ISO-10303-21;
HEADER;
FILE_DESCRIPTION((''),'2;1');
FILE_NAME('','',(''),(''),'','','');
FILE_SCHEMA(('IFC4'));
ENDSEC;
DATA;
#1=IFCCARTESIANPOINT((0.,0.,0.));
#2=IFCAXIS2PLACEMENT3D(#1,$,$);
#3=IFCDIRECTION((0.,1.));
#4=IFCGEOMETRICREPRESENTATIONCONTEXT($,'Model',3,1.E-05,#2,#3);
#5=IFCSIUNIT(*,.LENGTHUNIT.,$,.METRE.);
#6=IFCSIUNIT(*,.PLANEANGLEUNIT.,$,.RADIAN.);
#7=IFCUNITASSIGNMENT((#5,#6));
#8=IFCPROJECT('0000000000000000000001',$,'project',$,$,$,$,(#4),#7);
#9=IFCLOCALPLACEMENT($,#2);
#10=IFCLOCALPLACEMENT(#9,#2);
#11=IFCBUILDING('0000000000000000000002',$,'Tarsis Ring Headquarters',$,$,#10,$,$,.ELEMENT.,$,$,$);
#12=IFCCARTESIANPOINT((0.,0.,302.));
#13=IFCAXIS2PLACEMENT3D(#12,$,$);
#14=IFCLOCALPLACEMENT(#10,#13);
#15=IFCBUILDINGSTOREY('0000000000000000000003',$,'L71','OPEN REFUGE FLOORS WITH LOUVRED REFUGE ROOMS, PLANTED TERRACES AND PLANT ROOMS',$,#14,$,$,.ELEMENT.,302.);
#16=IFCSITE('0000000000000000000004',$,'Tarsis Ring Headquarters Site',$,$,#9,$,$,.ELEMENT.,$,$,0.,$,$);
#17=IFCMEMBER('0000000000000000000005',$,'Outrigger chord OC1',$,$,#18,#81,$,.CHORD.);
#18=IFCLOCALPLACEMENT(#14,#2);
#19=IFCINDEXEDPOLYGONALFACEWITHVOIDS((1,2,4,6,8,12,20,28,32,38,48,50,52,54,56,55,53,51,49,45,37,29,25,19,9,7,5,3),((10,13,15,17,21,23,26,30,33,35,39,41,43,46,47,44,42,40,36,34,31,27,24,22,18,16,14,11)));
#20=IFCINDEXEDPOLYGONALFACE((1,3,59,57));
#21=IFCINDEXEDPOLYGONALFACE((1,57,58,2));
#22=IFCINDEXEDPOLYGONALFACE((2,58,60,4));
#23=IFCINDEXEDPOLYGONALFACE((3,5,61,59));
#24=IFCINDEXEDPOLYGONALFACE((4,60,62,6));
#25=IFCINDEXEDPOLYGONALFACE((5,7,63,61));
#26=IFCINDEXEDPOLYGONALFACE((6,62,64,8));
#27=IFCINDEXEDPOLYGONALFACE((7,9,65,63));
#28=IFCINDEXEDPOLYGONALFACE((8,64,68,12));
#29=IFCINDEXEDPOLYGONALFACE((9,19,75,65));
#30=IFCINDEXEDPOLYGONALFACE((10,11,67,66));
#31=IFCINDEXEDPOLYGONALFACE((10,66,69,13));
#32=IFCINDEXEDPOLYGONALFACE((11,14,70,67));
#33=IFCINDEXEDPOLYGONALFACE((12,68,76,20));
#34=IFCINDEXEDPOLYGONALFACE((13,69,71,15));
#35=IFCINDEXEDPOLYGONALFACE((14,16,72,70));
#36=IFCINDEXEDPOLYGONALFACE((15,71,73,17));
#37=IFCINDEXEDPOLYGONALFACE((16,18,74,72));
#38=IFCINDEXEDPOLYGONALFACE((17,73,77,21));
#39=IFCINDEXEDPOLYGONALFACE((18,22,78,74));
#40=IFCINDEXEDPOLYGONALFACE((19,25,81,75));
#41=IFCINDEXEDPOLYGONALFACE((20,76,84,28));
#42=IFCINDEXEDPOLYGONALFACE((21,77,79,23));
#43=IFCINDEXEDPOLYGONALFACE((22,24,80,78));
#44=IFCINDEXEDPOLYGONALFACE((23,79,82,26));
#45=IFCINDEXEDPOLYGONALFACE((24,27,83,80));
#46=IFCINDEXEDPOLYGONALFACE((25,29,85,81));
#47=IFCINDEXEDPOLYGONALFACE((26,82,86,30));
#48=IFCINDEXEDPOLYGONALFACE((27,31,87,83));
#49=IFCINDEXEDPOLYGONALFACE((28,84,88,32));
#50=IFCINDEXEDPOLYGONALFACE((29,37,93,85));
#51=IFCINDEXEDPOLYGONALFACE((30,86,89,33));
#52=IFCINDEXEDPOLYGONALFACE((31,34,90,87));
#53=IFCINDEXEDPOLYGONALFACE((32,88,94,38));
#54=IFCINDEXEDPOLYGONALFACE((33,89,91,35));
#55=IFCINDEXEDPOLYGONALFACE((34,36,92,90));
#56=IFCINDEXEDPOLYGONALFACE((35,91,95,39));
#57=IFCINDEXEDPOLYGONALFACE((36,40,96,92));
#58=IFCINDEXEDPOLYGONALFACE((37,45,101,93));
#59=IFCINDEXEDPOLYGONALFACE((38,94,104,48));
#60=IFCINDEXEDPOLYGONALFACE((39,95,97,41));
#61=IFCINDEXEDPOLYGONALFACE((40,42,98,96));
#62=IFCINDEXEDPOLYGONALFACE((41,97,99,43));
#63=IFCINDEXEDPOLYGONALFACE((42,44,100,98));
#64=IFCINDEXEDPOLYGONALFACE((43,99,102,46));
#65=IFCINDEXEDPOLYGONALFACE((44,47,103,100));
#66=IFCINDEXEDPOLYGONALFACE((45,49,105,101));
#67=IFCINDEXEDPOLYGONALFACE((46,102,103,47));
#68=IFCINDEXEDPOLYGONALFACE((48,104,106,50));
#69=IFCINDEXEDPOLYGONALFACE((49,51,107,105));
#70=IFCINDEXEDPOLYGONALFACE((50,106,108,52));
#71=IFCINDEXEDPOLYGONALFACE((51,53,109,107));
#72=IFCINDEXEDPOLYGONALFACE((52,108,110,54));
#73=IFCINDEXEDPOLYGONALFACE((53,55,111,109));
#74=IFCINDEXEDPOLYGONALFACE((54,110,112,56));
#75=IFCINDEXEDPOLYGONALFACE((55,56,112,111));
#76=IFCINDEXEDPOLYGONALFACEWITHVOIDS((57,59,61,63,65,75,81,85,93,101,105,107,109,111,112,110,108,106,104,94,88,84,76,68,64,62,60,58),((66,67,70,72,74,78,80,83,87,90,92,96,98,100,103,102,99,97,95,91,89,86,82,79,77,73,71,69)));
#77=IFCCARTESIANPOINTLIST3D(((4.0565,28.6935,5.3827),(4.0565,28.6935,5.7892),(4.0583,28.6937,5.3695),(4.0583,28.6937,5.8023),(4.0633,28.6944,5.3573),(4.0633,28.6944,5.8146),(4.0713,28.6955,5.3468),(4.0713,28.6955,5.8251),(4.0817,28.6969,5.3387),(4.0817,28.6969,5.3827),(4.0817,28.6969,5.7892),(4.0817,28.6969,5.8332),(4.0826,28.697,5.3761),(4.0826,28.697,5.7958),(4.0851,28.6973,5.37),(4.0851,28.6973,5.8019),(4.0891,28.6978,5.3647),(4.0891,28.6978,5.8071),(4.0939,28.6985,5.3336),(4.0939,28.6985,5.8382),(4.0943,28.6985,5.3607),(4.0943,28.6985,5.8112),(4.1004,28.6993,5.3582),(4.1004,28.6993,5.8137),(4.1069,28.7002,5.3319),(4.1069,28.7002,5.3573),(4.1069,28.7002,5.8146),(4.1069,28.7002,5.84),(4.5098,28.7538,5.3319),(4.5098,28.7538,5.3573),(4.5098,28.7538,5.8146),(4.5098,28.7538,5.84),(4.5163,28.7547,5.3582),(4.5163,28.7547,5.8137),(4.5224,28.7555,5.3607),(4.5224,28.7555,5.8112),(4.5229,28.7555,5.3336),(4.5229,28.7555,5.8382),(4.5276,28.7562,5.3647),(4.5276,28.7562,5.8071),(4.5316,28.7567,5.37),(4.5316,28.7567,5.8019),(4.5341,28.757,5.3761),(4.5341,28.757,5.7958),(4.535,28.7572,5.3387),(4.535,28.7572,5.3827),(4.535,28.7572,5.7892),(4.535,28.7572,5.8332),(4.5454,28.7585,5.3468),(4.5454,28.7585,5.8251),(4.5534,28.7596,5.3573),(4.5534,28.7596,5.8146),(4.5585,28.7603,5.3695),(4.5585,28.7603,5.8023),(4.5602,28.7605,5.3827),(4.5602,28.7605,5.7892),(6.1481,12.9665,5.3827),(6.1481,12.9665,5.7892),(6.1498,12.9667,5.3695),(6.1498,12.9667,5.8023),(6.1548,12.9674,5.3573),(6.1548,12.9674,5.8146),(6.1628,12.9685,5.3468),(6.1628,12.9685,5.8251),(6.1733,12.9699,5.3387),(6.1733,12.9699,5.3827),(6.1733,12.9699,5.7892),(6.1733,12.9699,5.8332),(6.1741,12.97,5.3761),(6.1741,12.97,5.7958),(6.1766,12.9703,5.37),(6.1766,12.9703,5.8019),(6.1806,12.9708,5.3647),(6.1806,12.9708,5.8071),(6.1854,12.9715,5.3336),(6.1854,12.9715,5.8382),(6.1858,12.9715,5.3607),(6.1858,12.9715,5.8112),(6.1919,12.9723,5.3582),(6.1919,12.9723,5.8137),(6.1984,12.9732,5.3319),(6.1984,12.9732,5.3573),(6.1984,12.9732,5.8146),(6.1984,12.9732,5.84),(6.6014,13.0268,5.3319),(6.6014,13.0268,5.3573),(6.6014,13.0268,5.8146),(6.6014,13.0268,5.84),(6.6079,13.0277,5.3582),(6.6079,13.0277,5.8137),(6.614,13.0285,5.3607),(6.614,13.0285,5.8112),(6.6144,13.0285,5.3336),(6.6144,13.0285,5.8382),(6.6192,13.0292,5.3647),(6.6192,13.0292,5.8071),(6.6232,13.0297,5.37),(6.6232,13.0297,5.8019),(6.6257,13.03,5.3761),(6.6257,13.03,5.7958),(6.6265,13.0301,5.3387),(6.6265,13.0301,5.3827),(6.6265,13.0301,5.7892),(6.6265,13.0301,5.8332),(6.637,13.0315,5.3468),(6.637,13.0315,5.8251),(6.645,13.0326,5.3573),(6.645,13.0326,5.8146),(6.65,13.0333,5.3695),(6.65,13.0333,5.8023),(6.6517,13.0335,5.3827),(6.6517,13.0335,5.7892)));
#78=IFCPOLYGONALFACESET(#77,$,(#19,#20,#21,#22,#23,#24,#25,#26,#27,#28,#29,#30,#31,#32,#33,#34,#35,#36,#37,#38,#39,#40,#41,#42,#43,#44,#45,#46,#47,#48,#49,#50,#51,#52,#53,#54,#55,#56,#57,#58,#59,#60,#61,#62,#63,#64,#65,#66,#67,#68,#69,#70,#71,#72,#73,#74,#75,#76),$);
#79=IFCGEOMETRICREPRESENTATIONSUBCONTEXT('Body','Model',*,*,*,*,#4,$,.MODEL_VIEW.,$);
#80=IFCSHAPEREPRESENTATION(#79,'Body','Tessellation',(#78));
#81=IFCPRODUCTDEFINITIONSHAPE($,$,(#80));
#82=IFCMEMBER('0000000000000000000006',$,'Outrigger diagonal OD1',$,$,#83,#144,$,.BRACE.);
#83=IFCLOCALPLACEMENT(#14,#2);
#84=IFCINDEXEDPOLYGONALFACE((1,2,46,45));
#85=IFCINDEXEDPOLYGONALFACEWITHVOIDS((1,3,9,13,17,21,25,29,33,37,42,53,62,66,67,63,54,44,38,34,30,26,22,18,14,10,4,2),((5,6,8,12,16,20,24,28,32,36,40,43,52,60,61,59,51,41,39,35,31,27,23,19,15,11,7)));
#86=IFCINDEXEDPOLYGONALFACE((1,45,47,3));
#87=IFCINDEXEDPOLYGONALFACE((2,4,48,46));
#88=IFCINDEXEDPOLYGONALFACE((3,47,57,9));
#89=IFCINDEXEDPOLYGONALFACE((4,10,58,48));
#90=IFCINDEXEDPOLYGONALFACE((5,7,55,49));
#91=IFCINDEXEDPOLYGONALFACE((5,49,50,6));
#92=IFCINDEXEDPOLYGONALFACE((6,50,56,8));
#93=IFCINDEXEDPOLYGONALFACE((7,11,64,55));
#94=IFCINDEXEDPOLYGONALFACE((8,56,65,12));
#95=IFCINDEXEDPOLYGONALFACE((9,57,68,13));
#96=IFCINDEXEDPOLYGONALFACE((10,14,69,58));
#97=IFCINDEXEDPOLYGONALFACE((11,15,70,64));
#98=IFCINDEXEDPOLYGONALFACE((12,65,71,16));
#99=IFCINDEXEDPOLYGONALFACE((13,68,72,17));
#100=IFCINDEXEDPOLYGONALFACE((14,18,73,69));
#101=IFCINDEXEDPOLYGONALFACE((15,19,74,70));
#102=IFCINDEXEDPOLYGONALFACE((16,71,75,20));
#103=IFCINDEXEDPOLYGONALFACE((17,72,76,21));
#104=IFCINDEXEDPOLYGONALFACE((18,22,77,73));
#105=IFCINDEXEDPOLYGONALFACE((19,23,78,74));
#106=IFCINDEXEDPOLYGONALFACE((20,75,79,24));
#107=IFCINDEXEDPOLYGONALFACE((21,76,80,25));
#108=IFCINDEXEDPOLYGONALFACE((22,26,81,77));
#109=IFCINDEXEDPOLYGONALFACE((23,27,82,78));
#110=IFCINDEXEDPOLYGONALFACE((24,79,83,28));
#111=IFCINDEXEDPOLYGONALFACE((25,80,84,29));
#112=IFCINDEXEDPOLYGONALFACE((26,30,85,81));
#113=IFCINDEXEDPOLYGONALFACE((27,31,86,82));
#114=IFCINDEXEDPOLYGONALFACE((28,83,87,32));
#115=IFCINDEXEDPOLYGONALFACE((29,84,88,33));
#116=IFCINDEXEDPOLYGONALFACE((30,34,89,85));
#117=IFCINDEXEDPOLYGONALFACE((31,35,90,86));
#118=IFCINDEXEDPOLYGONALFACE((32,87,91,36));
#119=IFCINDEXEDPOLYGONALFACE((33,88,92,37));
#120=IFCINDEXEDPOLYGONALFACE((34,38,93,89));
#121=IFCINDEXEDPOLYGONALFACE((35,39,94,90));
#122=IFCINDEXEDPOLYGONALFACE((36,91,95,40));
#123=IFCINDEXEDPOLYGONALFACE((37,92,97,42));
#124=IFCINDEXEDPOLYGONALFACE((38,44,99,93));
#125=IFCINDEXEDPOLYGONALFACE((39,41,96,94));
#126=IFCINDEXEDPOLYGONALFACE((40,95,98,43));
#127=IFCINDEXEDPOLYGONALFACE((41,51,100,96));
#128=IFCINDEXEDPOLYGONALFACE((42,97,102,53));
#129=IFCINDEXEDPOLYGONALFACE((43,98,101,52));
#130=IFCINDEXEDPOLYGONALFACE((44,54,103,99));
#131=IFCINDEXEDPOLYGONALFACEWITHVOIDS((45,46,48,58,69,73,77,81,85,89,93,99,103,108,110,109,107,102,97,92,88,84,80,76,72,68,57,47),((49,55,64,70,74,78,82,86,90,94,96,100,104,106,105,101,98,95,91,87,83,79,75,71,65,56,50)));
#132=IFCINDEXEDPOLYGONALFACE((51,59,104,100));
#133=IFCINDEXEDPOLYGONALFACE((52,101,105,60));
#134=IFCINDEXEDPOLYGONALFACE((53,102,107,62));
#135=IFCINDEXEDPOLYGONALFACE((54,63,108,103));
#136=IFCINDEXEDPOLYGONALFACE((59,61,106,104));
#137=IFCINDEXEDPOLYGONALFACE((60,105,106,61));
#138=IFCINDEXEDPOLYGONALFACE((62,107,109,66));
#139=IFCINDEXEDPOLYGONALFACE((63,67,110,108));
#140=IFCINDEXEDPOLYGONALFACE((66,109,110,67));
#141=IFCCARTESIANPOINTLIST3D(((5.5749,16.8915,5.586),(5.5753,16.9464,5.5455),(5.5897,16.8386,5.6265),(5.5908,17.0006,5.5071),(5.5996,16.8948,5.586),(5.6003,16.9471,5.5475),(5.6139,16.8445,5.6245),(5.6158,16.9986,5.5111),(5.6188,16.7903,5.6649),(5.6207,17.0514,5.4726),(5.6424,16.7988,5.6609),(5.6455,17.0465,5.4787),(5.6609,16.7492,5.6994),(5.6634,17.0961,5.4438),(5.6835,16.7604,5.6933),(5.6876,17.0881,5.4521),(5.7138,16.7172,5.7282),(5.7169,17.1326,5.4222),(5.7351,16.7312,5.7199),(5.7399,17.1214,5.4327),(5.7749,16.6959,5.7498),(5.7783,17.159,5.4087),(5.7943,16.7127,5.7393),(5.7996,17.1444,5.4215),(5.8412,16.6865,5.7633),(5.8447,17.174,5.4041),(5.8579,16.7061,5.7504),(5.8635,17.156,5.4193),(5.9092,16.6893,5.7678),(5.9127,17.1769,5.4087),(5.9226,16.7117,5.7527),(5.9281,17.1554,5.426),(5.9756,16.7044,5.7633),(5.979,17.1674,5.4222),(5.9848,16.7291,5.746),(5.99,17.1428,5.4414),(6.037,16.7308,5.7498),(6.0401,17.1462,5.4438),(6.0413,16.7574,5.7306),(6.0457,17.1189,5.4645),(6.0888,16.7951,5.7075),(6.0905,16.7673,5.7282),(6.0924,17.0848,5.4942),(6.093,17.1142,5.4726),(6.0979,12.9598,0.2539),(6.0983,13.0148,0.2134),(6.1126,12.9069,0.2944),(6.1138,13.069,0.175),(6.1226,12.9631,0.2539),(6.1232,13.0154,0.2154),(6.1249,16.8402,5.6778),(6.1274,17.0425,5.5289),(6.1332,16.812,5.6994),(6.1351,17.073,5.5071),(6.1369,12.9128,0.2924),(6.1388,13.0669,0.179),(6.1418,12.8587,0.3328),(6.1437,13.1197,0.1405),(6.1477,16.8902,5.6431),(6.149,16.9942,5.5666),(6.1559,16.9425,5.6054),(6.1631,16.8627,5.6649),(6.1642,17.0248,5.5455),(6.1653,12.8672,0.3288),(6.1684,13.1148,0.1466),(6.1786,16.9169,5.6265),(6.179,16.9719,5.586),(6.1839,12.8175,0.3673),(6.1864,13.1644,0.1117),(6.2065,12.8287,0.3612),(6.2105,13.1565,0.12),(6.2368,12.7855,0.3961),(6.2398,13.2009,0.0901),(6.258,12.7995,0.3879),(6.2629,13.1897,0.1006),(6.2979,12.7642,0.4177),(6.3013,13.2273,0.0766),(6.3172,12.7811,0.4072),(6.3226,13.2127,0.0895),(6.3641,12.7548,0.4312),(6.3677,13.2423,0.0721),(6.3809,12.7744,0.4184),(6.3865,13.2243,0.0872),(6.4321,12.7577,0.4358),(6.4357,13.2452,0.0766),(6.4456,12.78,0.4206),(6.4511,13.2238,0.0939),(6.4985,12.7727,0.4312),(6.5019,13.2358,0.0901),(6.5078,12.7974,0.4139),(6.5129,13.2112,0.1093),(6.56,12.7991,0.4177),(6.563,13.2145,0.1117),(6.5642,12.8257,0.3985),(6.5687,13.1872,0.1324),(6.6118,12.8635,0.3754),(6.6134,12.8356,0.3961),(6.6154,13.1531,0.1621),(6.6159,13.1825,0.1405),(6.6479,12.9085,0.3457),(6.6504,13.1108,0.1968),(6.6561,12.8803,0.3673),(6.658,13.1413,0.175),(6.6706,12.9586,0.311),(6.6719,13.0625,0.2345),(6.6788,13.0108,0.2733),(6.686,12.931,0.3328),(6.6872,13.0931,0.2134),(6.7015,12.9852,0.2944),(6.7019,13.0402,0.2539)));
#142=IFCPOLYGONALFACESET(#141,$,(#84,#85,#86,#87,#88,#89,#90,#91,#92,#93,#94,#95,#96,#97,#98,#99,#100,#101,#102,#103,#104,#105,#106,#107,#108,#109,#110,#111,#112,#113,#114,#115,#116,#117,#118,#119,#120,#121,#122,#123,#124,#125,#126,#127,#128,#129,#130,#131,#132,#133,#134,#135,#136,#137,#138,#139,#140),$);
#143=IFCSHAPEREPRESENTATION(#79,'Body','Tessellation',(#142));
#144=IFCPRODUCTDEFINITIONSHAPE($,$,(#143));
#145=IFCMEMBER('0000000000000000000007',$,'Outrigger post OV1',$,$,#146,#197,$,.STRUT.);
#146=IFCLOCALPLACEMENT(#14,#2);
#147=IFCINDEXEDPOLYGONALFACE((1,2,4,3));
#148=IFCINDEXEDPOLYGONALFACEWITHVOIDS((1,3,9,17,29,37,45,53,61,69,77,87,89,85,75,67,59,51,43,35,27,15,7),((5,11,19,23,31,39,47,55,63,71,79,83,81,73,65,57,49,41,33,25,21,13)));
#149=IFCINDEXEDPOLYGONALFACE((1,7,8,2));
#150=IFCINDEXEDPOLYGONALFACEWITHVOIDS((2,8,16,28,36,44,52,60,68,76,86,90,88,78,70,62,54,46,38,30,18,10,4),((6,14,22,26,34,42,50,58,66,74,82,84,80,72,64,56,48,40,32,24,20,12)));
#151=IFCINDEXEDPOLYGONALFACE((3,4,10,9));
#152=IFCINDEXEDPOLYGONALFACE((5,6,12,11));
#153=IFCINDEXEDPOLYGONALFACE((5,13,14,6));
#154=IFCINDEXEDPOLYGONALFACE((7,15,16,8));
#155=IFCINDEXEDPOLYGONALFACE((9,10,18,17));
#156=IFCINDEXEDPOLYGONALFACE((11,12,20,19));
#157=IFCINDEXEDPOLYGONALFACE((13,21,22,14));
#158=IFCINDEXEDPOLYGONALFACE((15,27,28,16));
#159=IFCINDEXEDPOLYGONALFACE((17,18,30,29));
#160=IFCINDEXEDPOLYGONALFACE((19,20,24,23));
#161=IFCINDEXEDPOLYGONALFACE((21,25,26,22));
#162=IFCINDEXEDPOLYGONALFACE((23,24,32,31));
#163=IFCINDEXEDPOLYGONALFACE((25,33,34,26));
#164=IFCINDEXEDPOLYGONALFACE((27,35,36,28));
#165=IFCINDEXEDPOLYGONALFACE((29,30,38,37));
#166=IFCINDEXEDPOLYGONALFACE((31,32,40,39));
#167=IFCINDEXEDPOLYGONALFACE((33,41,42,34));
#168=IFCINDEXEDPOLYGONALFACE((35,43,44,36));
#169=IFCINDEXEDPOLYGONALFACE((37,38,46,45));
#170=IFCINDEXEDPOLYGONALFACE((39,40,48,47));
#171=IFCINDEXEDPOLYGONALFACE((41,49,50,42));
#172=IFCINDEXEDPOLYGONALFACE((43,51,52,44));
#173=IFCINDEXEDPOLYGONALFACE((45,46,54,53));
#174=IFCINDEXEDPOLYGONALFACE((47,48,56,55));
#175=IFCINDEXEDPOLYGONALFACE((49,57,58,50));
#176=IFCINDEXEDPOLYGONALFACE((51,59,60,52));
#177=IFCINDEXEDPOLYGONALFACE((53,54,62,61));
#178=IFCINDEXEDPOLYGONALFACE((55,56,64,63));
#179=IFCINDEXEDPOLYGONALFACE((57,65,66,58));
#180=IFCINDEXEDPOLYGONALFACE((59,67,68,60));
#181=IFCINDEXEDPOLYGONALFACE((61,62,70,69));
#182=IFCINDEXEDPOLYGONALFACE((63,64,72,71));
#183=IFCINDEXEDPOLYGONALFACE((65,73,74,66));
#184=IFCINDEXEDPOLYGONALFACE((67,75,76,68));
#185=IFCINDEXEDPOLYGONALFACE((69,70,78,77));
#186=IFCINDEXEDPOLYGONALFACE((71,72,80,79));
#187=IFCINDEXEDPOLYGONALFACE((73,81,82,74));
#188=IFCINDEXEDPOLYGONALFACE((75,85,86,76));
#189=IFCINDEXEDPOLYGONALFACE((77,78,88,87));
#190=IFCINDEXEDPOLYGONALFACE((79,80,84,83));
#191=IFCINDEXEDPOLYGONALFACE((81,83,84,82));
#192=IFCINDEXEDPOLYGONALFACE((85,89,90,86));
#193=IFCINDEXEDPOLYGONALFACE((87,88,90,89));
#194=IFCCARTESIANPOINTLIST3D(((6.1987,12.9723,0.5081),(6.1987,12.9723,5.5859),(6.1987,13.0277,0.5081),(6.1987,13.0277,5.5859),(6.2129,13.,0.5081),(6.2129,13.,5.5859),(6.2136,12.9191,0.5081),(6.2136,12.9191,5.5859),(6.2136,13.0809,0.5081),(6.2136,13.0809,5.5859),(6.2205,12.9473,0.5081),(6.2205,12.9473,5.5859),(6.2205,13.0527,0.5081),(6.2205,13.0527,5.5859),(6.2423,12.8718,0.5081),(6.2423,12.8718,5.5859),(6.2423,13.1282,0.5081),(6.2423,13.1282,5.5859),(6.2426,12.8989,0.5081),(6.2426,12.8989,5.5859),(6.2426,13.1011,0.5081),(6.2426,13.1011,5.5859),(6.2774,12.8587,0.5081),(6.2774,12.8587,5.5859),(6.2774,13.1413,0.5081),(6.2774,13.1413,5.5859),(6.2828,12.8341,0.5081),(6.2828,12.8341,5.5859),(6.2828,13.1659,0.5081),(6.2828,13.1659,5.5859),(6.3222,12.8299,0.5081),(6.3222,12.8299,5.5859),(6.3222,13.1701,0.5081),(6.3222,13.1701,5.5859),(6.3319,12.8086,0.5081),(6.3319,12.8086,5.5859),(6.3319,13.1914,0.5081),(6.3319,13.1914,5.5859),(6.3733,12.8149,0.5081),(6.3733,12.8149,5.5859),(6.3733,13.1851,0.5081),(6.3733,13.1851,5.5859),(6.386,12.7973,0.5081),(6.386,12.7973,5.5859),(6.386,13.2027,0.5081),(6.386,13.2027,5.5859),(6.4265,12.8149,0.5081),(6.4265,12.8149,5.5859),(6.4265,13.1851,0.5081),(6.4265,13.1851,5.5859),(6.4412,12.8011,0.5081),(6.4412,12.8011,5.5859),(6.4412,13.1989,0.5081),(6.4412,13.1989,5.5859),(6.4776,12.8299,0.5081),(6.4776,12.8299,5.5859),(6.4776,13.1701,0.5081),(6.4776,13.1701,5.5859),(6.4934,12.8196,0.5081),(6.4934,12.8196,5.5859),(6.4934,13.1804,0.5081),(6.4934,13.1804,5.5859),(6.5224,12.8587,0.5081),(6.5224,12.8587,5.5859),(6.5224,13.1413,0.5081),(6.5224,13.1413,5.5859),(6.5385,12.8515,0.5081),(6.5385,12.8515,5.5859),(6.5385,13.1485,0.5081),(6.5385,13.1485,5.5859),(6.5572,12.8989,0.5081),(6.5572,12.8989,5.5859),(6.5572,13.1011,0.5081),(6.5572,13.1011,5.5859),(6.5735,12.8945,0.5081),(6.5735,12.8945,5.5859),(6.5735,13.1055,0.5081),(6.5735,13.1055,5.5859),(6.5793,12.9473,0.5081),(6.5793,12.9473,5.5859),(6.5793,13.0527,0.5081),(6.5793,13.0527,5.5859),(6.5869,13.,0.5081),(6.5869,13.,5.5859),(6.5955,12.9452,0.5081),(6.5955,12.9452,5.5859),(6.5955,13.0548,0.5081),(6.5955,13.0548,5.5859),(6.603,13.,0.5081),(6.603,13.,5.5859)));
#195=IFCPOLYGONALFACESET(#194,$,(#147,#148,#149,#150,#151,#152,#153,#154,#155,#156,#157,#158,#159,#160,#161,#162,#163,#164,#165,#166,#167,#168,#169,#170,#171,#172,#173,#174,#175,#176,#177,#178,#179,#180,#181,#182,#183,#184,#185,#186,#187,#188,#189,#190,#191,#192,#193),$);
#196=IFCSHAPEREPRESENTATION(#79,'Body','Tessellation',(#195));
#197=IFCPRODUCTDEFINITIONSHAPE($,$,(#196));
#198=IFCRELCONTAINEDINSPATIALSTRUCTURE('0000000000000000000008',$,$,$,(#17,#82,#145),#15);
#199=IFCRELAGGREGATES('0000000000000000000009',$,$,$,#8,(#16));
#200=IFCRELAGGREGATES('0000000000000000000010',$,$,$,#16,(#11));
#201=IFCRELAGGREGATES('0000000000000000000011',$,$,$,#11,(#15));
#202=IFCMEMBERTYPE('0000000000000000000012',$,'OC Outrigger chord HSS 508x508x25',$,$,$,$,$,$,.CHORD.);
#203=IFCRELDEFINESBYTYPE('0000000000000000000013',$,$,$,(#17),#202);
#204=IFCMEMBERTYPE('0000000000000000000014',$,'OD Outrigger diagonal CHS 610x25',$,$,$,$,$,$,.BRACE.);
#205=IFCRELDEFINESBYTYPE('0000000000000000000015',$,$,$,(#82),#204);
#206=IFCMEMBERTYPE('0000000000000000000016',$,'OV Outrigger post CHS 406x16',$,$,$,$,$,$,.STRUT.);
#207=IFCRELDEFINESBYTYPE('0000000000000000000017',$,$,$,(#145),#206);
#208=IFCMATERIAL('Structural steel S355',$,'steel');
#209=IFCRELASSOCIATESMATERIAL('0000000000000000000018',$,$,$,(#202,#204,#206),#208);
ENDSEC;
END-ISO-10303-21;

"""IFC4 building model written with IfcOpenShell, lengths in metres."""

from ifc_helpers import new_model, si_unit, direction, frame, origin, origin_2d, place, context, subcontext, project, spatial, hollow_rectangle, hollow_circle, extrude, material, material_profile, profile_set, type_object, element, save


model = new_model("IFC4")

# Units and contexts
model_context = context("Model", 3, precision=1e-05, world=origin(), true_north=direction((0.0, 1.0)))
body_context = subcontext(model_context, "Body", "Model", "MODEL_VIEW")
ifc_project = project(units=[si_unit("LENGTHUNIT", "METRE"), si_unit("PLANEANGLEUNIT", "RADIAN")], contexts=[model_context])

# Site, building, storey
site_placement = place(None, origin())
site = spatial("IfcSite", under=ifc_project, at=site_placement, Name="Tarsis Ring Headquarters Site", CompositionType="ELEMENT", RefElevation=0.0)
building_placement = place(site_placement, origin())
building = spatial("IfcBuilding", under=site, at=building_placement, Name="Tarsis Ring Headquarters", CompositionType="ELEMENT")
storey_placement = place(building_placement, frame((0.0, 0.0, 302.0)))
storey = spatial("IfcBuildingStorey", under=building, at=storey_placement, Name="L71", Description="OPEN REFUGE FLOORS WITH LOUVRED REFUGE ROOMS, PLANTED TERRACES AND PLANT ROOMS", CompositionType="ELEMENT", Elevation=302.0)

# Shared definitions
ifc_material_1 = material(Name="Structural steel S355", Category="steel")

# Members
ifc_material_profile_1 = material_profile(ifc_material_1, hollow_rectangle(XDim=0.5081, YDim=0.5081, WallThickness=0.0254, InnerFilletRadius=0.0254, OuterFilletRadius=0.0508, at=origin_2d()), Name="HSS 508x508x25")
ifc_profile_set_1 = profile_set([ifc_material_profile_1], Name="Structural steel S355")
member_type_1 = type_object("IfcMemberType", Name="OC Outrigger chord HSS 508x508x25", PredefinedType="CHORD", material=ifc_profile_set_1)
member_1_placement = place(storey_placement, frame((6.3999, 13.0, 5.5859), z_axis=(-0.13183, 0.991272, 0.0), x_axis=(-0.991272, -0.13183, 0.0)))
element("IfcMember", 1, at=member_1_placement, inside=storey, type_object=member_type_1, Name="Outrigger chord OC1", PredefinedType="CHORD", context=body_context, shape_type="SweptSolid", body=[
    extrude(hollow_rectangle(XDim=0.5081, YDim=0.5081, WallThickness=0.0254, InnerFilletRadius=0.0254, OuterFilletRadius=0.0508, at=origin_2d()), origin(), (0.0, 0.0, 1.0), 15.8655),
])
ifc_material_profile_2 = material_profile(ifc_material_1, hollow_circle(Radius=0.3047, WallThickness=0.0249, at=origin_2d()), Name="CHS 610x25")
ifc_profile_set_2 = profile_set([ifc_material_profile_2], Name="Structural steel S355")
member_type_2 = type_object("IfcMemberType", Name="OD Outrigger diagonal CHS 610x25", PredefinedType="BRACE", material=ifc_profile_set_2)
member_2_placement = place(storey_placement, frame((6.3999, 13.0, 0.2539), z_axis=(-0.078693, 0.59163, 0.80236), x_axis=(-0.99127, -0.131849, 0.0)))
element("IfcMember", 2, at=member_2_placement, inside=storey, type_object=member_type_2, Name="Outrigger diagonal OD1", PredefinedType="BRACE", context=body_context, shape_type="SweptSolid", body=[
    extrude(hollow_circle(Radius=0.3047, WallThickness=0.0249, at=origin_2d()), origin(), (0.0, 0.0, 1.0), 6.6455),
])
ifc_material_profile_3 = material_profile(ifc_material_1, hollow_circle(Radius=0.2031, WallThickness=0.0161, at=origin_2d()), Name="CHS 406x16")
ifc_profile_set_3 = profile_set([ifc_material_profile_3], Name="Structural steel S355")
member_type_3 = type_object("IfcMemberType", Name="OV Outrigger post CHS 406x16", PredefinedType="STRUT", material=ifc_profile_set_3)
member_3_placement = place(storey_placement, frame((6.3999, 13.0, 0.5081), z_axis=(0.0, 0.0, 1.0), x_axis=(1.0, 0.0, 0.0)))
element("IfcMember", 3, at=member_3_placement, inside=storey, type_object=member_type_3, Name="Outrigger post OV1", PredefinedType="STRUT", context=body_context, shape_type="SweptSolid", body=[
    extrude(hollow_circle(Radius=0.2031, WallThickness=0.0161, at=origin_2d()), origin(), (0.0, 0.0, 1.0), 5.0779),
])

save(model, "model.ifc")
